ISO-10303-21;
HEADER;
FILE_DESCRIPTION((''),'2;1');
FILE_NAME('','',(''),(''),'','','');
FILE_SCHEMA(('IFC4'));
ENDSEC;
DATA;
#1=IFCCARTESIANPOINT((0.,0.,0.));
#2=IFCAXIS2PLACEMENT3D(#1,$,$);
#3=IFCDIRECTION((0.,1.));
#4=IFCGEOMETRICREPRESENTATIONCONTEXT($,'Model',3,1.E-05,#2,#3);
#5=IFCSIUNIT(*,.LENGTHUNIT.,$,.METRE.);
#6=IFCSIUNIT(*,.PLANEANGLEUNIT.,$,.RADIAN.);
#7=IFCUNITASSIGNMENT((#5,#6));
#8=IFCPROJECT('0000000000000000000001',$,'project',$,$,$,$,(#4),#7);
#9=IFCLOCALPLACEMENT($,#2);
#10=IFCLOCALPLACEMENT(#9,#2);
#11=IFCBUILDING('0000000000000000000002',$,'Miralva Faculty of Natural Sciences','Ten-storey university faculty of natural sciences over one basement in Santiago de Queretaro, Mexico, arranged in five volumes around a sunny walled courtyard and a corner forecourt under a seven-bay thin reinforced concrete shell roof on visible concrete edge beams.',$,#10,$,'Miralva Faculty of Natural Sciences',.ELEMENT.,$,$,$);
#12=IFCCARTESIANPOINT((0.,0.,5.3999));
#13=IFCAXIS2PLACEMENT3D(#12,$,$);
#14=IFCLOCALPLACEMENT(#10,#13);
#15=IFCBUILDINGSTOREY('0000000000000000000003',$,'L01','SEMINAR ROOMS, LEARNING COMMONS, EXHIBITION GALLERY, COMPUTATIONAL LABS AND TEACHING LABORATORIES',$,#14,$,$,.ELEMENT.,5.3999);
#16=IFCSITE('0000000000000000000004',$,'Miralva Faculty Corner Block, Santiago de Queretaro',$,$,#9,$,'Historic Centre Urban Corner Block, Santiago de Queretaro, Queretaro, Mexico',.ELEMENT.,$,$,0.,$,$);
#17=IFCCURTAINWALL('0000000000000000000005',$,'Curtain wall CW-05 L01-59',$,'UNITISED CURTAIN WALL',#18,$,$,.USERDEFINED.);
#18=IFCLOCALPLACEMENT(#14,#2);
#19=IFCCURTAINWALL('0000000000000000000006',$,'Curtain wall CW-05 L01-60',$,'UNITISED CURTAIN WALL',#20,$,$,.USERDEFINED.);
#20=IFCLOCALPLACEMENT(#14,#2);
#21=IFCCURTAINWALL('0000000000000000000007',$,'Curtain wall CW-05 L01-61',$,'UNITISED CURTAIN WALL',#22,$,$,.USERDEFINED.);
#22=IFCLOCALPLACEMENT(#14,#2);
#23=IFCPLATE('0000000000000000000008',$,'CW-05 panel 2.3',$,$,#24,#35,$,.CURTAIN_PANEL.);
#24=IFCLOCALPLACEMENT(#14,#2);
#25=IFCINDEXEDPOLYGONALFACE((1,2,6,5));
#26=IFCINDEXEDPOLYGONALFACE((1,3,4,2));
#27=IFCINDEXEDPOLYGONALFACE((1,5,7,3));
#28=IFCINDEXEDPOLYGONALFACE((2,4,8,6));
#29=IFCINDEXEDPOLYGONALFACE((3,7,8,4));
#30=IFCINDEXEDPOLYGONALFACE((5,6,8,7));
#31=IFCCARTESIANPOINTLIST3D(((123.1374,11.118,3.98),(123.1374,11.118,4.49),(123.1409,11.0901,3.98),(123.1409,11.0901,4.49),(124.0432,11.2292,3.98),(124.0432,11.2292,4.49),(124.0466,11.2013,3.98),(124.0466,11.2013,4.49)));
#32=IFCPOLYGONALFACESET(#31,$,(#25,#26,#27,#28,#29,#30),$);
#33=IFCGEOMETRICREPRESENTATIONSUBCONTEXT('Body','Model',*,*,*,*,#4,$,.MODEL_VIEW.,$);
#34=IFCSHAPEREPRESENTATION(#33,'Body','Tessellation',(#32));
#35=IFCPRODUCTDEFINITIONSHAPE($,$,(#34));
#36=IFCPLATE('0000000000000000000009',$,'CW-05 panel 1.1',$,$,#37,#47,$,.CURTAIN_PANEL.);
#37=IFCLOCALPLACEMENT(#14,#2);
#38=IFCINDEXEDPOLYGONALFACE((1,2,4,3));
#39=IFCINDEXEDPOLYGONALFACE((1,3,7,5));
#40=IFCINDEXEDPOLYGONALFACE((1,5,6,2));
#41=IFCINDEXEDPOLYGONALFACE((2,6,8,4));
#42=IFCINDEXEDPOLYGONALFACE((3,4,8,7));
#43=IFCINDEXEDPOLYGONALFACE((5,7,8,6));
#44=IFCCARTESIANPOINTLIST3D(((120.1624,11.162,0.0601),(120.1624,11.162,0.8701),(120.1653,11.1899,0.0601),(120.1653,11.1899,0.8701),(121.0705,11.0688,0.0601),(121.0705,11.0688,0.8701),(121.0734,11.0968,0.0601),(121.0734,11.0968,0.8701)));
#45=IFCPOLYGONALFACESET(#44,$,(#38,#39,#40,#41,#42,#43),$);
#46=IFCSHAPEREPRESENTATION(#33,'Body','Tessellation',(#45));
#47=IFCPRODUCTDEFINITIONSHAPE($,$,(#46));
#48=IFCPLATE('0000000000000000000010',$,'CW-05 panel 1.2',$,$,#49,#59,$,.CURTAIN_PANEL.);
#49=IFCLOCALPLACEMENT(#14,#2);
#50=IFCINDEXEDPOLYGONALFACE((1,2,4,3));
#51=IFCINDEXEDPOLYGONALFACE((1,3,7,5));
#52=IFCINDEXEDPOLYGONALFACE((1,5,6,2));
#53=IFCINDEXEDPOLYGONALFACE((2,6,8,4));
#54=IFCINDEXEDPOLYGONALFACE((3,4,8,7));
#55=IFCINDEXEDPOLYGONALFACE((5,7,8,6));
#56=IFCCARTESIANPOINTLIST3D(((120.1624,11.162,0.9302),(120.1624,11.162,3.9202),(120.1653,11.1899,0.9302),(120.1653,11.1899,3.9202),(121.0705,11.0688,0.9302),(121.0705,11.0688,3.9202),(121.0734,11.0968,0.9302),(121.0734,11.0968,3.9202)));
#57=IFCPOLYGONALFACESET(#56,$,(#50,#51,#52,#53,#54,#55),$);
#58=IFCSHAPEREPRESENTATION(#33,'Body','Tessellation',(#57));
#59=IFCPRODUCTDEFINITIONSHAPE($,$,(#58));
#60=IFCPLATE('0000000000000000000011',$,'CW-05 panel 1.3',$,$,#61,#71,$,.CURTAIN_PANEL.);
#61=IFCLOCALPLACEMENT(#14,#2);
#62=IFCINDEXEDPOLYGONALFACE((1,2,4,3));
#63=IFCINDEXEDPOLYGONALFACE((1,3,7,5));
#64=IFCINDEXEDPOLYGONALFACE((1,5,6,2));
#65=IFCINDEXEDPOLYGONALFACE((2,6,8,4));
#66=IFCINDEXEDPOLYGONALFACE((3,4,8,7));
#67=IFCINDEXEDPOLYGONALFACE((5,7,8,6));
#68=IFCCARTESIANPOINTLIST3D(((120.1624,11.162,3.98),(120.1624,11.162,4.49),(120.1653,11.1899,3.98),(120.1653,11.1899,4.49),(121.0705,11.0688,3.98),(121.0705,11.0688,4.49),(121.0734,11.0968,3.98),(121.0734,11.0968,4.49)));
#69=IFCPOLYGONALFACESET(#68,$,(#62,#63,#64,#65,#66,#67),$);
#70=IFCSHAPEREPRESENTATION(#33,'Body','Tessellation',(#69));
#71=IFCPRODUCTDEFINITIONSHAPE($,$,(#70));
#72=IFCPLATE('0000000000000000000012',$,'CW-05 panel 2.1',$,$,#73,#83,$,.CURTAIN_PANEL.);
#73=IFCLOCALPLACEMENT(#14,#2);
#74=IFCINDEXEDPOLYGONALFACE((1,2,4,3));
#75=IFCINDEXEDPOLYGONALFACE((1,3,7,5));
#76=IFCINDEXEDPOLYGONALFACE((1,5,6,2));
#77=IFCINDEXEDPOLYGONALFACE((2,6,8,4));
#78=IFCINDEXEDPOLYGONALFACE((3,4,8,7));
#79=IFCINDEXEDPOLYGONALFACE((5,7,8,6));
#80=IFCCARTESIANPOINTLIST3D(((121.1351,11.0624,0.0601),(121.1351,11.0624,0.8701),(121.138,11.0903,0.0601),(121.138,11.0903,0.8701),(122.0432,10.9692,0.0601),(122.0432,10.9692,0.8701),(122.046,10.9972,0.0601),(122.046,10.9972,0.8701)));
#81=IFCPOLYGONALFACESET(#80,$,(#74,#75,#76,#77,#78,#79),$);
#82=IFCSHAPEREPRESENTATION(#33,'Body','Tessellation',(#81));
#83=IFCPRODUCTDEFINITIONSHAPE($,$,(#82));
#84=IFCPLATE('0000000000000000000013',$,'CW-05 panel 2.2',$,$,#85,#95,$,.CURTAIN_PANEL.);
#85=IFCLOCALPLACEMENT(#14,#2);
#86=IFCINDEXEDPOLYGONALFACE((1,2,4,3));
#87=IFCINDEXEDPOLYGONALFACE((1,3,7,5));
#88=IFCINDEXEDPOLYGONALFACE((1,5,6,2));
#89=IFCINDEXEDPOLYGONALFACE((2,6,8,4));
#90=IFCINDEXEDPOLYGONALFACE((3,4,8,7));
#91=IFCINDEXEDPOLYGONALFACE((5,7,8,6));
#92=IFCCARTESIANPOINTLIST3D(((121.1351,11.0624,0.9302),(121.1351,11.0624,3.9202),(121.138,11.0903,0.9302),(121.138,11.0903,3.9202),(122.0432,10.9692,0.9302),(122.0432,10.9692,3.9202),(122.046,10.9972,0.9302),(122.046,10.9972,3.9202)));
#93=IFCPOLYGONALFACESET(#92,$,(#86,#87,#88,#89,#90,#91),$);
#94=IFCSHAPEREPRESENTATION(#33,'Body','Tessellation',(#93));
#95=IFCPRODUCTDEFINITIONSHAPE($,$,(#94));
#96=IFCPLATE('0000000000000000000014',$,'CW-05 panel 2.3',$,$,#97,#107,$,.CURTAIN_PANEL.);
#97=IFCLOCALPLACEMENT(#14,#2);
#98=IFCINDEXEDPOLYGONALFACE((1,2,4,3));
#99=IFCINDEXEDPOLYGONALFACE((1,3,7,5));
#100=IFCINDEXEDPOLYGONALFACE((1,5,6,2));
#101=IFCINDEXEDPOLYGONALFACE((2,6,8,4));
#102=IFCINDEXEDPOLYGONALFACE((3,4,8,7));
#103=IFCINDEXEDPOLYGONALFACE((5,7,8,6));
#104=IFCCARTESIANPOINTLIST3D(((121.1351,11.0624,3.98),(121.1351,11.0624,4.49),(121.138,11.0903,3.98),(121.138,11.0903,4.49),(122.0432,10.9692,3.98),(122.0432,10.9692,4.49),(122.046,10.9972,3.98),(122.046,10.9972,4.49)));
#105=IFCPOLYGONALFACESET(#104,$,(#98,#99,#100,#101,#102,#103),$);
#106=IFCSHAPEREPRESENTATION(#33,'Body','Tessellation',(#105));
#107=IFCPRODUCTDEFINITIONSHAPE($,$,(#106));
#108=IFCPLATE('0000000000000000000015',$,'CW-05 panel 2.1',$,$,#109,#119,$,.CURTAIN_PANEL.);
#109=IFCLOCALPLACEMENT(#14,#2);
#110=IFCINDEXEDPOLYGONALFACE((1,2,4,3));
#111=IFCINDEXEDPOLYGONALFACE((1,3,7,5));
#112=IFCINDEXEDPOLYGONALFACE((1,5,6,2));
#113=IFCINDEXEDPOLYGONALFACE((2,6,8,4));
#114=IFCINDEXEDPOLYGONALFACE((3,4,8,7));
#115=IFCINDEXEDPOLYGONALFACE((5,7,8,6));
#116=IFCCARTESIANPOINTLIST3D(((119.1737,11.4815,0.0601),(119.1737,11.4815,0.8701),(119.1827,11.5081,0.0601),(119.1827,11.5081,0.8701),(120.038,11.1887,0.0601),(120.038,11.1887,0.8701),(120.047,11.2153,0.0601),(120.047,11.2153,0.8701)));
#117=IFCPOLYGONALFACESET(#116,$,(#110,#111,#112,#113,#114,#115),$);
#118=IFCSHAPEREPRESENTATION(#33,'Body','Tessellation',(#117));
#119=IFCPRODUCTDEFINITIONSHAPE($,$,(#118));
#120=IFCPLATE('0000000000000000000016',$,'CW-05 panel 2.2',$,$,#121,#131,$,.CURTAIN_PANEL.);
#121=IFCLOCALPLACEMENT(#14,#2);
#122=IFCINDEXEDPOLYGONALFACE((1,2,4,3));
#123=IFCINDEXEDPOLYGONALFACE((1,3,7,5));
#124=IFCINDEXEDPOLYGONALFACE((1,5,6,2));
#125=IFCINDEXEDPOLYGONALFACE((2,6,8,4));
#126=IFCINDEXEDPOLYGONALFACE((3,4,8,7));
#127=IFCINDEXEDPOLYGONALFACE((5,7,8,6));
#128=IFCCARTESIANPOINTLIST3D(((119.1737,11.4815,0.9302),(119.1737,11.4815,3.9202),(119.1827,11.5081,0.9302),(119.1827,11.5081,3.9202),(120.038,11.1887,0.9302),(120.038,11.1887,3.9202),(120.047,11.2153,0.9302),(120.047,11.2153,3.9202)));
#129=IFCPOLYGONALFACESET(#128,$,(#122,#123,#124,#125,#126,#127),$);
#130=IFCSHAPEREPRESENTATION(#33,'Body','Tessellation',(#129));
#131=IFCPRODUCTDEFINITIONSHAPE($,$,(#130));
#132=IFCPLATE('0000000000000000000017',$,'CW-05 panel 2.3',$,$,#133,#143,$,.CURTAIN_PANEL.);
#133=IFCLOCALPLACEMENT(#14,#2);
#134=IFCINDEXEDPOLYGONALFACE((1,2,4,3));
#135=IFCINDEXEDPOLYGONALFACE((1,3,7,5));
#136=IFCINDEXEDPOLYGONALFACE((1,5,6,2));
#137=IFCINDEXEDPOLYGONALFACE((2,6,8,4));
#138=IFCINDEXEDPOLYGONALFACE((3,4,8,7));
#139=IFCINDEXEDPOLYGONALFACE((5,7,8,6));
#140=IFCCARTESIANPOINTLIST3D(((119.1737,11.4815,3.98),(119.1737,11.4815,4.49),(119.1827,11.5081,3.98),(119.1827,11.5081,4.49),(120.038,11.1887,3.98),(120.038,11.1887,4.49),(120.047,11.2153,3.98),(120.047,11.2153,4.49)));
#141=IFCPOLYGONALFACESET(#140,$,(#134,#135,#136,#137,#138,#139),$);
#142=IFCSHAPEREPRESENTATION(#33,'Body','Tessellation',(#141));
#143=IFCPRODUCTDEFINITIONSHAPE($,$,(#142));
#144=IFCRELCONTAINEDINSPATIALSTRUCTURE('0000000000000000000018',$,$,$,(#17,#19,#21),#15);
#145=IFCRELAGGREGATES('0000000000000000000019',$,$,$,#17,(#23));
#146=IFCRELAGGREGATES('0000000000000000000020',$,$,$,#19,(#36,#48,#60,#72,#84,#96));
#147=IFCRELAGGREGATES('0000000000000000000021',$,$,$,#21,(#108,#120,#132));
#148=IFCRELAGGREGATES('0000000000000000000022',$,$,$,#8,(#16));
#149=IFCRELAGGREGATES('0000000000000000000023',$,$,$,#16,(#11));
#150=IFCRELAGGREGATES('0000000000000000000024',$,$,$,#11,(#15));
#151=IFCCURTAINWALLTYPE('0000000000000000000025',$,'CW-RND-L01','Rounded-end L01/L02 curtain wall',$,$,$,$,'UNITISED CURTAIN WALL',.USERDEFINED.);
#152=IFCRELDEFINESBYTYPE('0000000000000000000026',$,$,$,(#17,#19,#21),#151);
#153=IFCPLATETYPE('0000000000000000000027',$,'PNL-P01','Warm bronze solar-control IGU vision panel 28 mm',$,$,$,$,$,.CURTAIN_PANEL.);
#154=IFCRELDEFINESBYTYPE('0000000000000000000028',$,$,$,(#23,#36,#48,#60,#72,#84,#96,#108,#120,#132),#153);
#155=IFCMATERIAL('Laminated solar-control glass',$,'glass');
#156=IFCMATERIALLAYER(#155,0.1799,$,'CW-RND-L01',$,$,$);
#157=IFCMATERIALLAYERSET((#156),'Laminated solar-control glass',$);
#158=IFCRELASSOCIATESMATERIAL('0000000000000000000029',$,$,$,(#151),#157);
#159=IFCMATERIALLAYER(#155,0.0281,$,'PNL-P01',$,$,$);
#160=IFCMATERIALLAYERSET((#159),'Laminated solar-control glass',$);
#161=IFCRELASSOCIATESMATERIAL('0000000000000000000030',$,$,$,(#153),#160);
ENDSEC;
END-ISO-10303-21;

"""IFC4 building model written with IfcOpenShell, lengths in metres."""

from ifc_helpers import new_model, si_unit, direction, frame, origin, origin_2d, place, context, subcontext, project, spatial, rectangle, extrude, material, layer, layer_set, type_object, element, aggregate, save


model = new_model("IFC4")

# Units and contexts
model_context = context("Model", 3, precision=1e-05, world=origin(), true_north=direction((0.0, 1.0)))
body_context = subcontext(model_context, "Body", "Model", "MODEL_VIEW")
ifc_project = project(units=[si_unit("LENGTHUNIT", "METRE"), si_unit("PLANEANGLEUNIT", "RADIAN")], contexts=[model_context])

# Site, building, storey
site_placement = place(None, origin())
site = spatial("IfcSite", under=ifc_project, at=site_placement, Name="Miralva Faculty Corner Block, Santiago de Queretaro", LongName="Historic Centre Urban Corner Block, Santiago de Queretaro, Queretaro, Mexico", CompositionType="ELEMENT", RefElevation=0.0)
building_placement = place(site_placement, origin())
building = spatial("IfcBuilding", under=site, at=building_placement, Name="Miralva Faculty of Natural Sciences", Description="Ten-storey university faculty of natural sciences over one basement in Santiago de Queretaro, Mexico, arranged in five volumes around a sunny walled courtyard and a corner forecourt under a seven-bay thin reinforced concrete shell roof on visible concrete edge beams.", LongName="Miralva Faculty of Natural Sciences", CompositionType="ELEMENT")
storey_placement = place(building_placement, frame((0.0, 0.0, 5.3999)))
storey = spatial("IfcBuildingStorey", under=building, at=storey_placement, Name="L01", Description="SEMINAR ROOMS, LEARNING COMMONS, EXHIBITION GALLERY, COMPUTATIONAL LABS AND TEACHING LABORATORIES", CompositionType="ELEMENT", Elevation=5.3999)

# Curtain walls
ifc_material_1 = material(Name="Laminated solar-control glass", Category="glass")
ifc_layer_1 = layer(ifc_material_1, 0.1799, Name="CW-RND-L01")
ifc_layer_set_1 = layer_set([ifc_layer_1], Name="Laminated solar-control glass")
curtain_wall_type = type_object("IfcCurtainWallType", Name="CW-RND-L01", Description="Rounded-end L01/L02 curtain wall", ElementType="UNITISED CURTAIN WALL", PredefinedType="USERDEFINED", material=ifc_layer_set_1)
curtain_wall_1_placement = place(storey_placement, origin())
curtain_wall_1 = element("IfcCurtainWall", 1, at=curtain_wall_1_placement, inside=storey, type_object=curtain_wall_type, Name="Curtain wall CW-05 L01-59", ObjectType="UNITISED CURTAIN WALL", PredefinedType="USERDEFINED")
curtain_wall_2_placement = place(storey_placement, origin())
curtain_wall_2 = element("IfcCurtainWall", 2, at=curtain_wall_2_placement, inside=storey, type_object=curtain_wall_type, Name="Curtain wall CW-05 L01-60", ObjectType="UNITISED CURTAIN WALL", PredefinedType="USERDEFINED")

# Curtain wall
curtain_wall_3_placement = place(storey_placement, origin())
curtain_wall_3 = element("IfcCurtainWall", 3, at=curtain_wall_3_placement, inside=storey, type_object=curtain_wall_type, Name="Curtain wall CW-05 L01-61", ObjectType="UNITISED CURTAIN WALL", PredefinedType="USERDEFINED")

# Plates
ifc_layer_2 = layer(ifc_material_1, 0.0281, Name="PNL-P01")
ifc_layer_set_2 = layer_set([ifc_layer_2], Name="Laminated solar-control glass")
plate_type = type_object("IfcPlateType", Name="PNL-P01", Description="Warm bronze solar-control IGU vision panel 28 mm", PredefinedType="CURTAIN_PANEL", material=ifc_layer_set_2)
plate_1_placement = place(storey_placement, frame((123.592, 11.1597, 3.98), z_axis=(0.0, 0.0, 1.0), x_axis=(0.992547, 0.12186, 0.0)))
plate_1 = element("IfcPlate", 4, at=plate_1_placement, type_object=plate_type, Name="CW-05 panel 2.3", PredefinedType="CURTAIN_PANEL", context=body_context, shape_type="SweptSolid", body=[
    extrude(rectangle(XDim=0.9126, YDim=0.0281, at=origin_2d()), origin(), (0.0, 0.0, 1.0), 0.51),
])
aggregate(curtain_wall_1, [plate_1])
plate_2_placement = place(storey_placement, frame((120.6179, 11.1294, 0.0601), z_axis=(0.0, 0.0, 1.0), x_axis=(0.994779, -0.102056, 0.0)))
plate_2 = element("IfcPlate", 5, at=plate_2_placement, type_object=plate_type, Name="CW-05 panel 1.1", PredefinedType="CURTAIN_PANEL", context=body_context, shape_type="SweptSolid", body=[
    extrude(rectangle(XDim=0.9128, YDim=0.0281, at=origin_2d()), origin(), (0.0, 0.0, 1.0), 0.8101),
])
plate_3_placement = place(storey_placement, frame((120.6179, 11.1294, 0.9302), z_axis=(0.0, 0.0, 1.0), x_axis=(0.994779, -0.102056, 0.0)))
plate_3 = element("IfcPlate", 6, at=plate_3_placement, type_object=plate_type, Name="CW-05 panel 1.2", PredefinedType="CURTAIN_PANEL", context=body_context, shape_type="SweptSolid", body=[
    extrude(rectangle(XDim=0.9128, YDim=0.0281, at=origin_2d()), origin(), (0.0, 0.0, 1.0), 2.99),
])
plate_4_placement = place(storey_placement, frame((120.6179, 11.1294, 3.98), z_axis=(0.0, 0.0, 1.0), x_axis=(0.994779, -0.102056, 0.0)))
plate_4 = element("IfcPlate", 7, at=plate_4_placement, type_object=plate_type, Name="CW-05 panel 1.3", PredefinedType="CURTAIN_PANEL", context=body_context, shape_type="SweptSolid", body=[
    extrude(rectangle(XDim=0.9128, YDim=0.0281, at=origin_2d()), origin(), (0.0, 0.0, 1.0), 0.51),
])
plate_5_placement = place(storey_placement, frame((121.5906, 11.0298, 0.0601), z_axis=(0.0, 0.0, 1.0), x_axis=(0.994779, -0.102056, 0.0)))
plate_5 = element("IfcPlate", 8, at=plate_5_placement, type_object=plate_type, Name="CW-05 panel 2.1", PredefinedType="CURTAIN_PANEL", context=body_context, shape_type="SweptSolid", body=[
    extrude(rectangle(XDim=0.9128, YDim=0.0281, at=origin_2d()), origin(), (0.0, 0.0, 1.0), 0.8101),
])
plate_6_placement = place(storey_placement, frame((121.5906, 11.0298, 0.9302), z_axis=(0.0, 0.0, 1.0), x_axis=(0.994779, -0.102056, 0.0)))
plate_6 = element("IfcPlate", 9, at=plate_6_placement, type_object=plate_type, Name="CW-05 panel 2.2", PredefinedType="CURTAIN_PANEL", context=body_context, shape_type="SweptSolid", body=[
    extrude(rectangle(XDim=0.9128, YDim=0.0281, at=origin_2d()), origin(), (0.0, 0.0, 1.0), 2.99),
])
plate_7_placement = place(storey_placement, frame((121.5906, 11.0298, 3.98), z_axis=(0.0, 0.0, 1.0), x_axis=(0.994779, -0.102056, 0.0)))
plate_7 = element("IfcPlate", 10, at=plate_7_placement, type_object=plate_type, Name="CW-05 panel 2.3", PredefinedType="CURTAIN_PANEL", context=body_context, shape_type="SweptSolid", body=[
    extrude(rectangle(XDim=0.9128, YDim=0.0281, at=origin_2d()), origin(), (0.0, 0.0, 1.0), 0.51),
])
aggregate(curtain_wall_2, [plate_2, plate_3, plate_4, plate_5, plate_6, plate_7])
plate_8_placement = place(storey_placement, frame((119.6104, 11.3484, 0.0601), z_axis=(0.0, 0.0, 1.0), x_axis=(0.947133, -0.320842, 0.0)))
plate_8 = element("IfcPlate", 11, at=plate_8_placement, type_object=plate_type, Name="CW-05 panel 2.1", PredefinedType="CURTAIN_PANEL", context=body_context, shape_type="SweptSolid", body=[
    extrude(rectangle(XDim=0.9126, YDim=0.0281, at=origin_2d()), origin(), (0.0, 0.0, 1.0), 0.8101),
])
plate_9_placement = place(storey_placement, frame((119.6104, 11.3484, 0.9302), z_axis=(0.0, 0.0, 1.0), x_axis=(0.947133, -0.320842, 0.0)))
plate_9 = element("IfcPlate", 12, at=plate_9_placement, type_object=plate_type, Name="CW-05 panel 2.2", PredefinedType="CURTAIN_PANEL", context=body_context, shape_type="SweptSolid", body=[
    extrude(rectangle(XDim=0.9126, YDim=0.0281, at=origin_2d()), origin(), (0.0, 0.0, 1.0), 2.99),
])
plate_10_placement = place(storey_placement, frame((119.6104, 11.3484, 3.98), z_axis=(0.0, 0.0, 1.0), x_axis=(0.947133, -0.320842, 0.0)))
plate_10 = element("IfcPlate", 13, at=plate_10_placement, type_object=plate_type, Name="CW-05 panel 2.3", PredefinedType="CURTAIN_PANEL", context=body_context, shape_type="SweptSolid", body=[
    extrude(rectangle(XDim=0.9126, YDim=0.0281, at=origin_2d()), origin(), (0.0, 0.0, 1.0), 0.51),
])
aggregate(curtain_wall_3, [plate_8, plate_9, plate_10])

save(model, "model.ifc")
